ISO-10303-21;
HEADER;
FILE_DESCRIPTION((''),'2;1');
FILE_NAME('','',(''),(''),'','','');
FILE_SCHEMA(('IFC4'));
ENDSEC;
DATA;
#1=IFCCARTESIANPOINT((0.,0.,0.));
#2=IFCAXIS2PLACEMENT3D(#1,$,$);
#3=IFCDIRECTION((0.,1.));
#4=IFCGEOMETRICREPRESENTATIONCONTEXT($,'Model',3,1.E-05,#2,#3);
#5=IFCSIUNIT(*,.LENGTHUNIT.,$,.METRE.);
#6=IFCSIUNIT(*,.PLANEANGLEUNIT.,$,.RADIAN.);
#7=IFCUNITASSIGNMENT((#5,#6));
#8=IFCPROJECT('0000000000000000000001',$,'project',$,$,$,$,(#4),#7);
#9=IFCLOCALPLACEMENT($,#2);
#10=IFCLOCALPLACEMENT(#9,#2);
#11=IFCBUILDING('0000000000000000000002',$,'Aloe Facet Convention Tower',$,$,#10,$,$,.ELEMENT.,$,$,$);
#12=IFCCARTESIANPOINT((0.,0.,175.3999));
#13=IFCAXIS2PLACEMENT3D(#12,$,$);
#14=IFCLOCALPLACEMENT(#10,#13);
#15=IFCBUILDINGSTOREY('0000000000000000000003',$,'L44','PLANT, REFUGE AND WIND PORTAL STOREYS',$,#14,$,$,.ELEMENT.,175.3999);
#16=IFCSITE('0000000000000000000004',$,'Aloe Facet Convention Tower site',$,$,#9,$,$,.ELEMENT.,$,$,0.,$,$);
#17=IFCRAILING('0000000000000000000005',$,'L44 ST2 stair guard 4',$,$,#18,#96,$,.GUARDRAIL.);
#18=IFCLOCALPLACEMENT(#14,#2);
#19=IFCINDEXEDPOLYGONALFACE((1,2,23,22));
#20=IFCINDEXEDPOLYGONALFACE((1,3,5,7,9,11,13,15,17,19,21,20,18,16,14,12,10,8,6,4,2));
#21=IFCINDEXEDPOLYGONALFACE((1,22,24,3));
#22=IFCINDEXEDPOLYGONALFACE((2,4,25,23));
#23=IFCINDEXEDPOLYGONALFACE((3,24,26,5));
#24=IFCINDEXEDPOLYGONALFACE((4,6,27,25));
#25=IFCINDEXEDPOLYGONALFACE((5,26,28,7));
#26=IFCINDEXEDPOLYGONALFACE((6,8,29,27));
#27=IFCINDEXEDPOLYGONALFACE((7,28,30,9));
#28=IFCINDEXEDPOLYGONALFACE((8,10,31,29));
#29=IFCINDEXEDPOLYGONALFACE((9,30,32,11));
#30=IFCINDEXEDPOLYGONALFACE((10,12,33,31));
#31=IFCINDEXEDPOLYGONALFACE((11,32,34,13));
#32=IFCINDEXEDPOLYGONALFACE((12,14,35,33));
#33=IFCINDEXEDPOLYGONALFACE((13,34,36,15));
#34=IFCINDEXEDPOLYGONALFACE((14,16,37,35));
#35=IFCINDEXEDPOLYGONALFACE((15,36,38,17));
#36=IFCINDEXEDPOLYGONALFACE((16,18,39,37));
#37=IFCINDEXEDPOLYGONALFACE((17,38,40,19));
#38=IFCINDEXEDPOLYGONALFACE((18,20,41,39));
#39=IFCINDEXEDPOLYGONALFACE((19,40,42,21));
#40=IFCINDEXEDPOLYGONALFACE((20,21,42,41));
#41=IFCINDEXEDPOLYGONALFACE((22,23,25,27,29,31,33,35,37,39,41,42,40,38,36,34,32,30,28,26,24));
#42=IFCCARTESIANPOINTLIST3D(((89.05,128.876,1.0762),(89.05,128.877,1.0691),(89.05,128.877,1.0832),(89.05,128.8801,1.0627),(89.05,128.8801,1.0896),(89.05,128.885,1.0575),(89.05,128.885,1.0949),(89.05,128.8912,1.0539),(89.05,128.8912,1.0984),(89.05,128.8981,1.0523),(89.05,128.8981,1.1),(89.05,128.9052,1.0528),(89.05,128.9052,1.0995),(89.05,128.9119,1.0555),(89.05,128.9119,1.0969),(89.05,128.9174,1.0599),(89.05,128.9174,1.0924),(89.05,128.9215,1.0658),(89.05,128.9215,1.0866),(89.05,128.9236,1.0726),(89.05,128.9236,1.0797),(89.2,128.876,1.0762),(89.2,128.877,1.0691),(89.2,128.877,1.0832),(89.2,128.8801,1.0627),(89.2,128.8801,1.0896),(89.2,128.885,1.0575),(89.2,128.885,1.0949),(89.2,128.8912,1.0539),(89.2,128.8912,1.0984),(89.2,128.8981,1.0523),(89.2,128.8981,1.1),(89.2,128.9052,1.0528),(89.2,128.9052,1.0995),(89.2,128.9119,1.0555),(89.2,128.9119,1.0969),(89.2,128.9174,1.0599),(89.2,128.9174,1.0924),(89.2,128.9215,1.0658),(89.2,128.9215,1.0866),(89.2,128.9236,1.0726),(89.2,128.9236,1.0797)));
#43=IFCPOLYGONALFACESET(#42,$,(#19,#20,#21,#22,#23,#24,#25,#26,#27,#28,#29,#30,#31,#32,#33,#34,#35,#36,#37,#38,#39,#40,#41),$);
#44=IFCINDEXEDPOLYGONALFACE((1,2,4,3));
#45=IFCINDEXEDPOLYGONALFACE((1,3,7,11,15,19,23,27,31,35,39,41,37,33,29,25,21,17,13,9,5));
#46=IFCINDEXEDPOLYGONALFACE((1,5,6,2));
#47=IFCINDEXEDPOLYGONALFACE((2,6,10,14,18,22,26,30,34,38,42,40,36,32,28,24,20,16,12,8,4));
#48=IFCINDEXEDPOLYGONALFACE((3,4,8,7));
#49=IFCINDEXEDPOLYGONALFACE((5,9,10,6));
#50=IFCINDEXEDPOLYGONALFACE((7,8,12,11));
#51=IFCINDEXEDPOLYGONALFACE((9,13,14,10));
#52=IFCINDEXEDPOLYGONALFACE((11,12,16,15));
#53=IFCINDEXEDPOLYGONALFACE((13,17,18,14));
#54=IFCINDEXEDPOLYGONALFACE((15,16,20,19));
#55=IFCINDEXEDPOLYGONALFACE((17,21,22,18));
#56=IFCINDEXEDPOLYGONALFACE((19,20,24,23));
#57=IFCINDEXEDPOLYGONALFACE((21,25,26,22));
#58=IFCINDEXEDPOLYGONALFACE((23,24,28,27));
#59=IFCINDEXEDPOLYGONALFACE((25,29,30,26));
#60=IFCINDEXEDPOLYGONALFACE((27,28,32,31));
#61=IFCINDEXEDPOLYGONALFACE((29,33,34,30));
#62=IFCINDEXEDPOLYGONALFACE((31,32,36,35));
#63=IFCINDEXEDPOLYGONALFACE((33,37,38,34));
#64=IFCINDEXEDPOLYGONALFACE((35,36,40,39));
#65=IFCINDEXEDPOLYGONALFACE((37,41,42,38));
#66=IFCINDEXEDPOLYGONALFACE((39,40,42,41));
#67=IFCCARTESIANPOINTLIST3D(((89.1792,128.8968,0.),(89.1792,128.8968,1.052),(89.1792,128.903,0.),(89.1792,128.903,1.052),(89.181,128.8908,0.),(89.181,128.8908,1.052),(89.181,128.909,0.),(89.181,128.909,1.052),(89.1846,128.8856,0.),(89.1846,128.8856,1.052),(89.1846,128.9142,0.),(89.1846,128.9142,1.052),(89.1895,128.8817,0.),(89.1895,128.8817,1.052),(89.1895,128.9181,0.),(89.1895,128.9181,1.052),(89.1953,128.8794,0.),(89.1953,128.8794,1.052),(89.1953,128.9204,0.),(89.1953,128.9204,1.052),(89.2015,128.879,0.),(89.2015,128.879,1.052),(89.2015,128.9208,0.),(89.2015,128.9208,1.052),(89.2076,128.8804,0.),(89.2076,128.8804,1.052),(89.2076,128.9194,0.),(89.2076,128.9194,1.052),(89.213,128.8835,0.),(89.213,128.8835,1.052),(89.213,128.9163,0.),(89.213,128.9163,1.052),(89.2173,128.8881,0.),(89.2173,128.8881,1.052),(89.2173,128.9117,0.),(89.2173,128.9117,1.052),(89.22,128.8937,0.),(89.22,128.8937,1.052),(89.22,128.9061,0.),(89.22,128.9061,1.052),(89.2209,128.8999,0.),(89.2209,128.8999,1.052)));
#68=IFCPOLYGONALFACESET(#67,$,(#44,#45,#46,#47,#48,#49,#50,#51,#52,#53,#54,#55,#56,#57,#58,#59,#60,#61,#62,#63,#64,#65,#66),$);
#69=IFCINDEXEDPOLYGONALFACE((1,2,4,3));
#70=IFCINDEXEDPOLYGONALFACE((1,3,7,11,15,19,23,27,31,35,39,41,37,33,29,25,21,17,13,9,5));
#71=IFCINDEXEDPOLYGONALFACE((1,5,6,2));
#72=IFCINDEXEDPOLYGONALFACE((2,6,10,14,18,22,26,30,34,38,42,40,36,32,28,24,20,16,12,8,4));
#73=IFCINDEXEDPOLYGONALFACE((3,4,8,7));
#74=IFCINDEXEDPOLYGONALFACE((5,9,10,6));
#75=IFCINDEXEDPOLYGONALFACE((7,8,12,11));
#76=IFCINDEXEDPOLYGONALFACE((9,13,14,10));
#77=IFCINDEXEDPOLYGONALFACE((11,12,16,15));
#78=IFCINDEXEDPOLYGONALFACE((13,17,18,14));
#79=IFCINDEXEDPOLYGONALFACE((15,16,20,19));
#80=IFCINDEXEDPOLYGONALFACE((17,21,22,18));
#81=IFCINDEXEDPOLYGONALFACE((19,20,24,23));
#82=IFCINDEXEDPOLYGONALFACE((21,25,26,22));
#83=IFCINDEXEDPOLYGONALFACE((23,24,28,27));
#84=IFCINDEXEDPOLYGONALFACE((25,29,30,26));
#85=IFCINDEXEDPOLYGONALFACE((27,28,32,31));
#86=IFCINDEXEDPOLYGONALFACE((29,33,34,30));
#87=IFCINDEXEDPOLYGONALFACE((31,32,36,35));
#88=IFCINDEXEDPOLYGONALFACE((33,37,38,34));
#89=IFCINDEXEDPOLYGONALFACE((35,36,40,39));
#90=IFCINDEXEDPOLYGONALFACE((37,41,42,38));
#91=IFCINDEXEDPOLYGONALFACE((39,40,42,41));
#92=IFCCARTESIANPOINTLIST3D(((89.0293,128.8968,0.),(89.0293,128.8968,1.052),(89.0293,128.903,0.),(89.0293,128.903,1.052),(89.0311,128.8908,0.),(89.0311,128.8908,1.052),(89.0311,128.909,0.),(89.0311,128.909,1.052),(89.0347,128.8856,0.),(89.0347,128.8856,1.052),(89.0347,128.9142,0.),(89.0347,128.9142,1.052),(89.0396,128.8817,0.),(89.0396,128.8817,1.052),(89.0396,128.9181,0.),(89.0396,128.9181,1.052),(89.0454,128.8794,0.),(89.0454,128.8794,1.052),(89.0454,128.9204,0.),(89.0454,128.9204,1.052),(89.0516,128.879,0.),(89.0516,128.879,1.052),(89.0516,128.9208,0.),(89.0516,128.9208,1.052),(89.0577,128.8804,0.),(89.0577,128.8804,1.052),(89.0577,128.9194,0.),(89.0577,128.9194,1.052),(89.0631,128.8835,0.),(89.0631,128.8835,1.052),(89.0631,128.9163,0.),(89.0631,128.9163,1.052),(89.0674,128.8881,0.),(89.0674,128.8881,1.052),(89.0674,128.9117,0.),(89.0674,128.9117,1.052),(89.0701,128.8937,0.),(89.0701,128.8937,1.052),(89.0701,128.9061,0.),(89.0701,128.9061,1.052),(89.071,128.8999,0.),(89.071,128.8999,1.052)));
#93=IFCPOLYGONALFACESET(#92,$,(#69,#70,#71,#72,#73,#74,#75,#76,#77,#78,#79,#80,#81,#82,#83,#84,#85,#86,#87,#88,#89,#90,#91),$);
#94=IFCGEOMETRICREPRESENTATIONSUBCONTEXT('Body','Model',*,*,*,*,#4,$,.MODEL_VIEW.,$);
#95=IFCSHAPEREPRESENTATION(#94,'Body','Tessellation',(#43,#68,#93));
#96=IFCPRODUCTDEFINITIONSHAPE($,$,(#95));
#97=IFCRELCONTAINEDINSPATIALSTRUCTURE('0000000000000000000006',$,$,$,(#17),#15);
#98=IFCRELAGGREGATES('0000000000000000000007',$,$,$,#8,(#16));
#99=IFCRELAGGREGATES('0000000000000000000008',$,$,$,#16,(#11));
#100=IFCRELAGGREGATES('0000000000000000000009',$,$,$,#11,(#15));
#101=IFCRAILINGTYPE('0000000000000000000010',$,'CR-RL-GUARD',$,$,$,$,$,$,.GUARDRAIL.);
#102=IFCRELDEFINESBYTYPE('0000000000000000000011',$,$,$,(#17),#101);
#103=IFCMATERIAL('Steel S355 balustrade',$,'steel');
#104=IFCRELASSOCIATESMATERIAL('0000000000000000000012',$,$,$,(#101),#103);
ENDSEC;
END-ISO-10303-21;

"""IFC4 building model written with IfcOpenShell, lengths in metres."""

from ifc_helpers import new_model, si_unit, direction, frame, origin, origin_2d, place, context, subcontext, project, spatial, circle, extrude, material, type_object, element, save


model = new_model("IFC4")

# Units and contexts
model_context = context("Model", 3, precision=1e-05, world=origin(), true_north=direction((0.0, 1.0)))
body_context = subcontext(model_context, "Body", "Model", "MODEL_VIEW")
ifc_project = project(units=[si_unit("LENGTHUNIT", "METRE"), si_unit("PLANEANGLEUNIT", "RADIAN")], contexts=[model_context])

# Site, building, storey
site_placement = place(None, origin())
site = spatial("IfcSite", under=ifc_project, at=site_placement, Name="Aloe Facet Convention Tower site", CompositionType="ELEMENT", RefElevation=0.0)
building_placement = place(site_placement, origin())
building = spatial("IfcBuilding", under=site, at=building_placement, Name="Aloe Facet Convention Tower", CompositionType="ELEMENT")
storey_placement = place(building_placement, frame((0.0, 0.0, 175.3999)))
storey = spatial("IfcBuildingStorey", under=building, at=storey_placement, Name="L44", Description="PLANT, REFUGE AND WIND PORTAL STOREYS", CompositionType="ELEMENT", Elevation=175.3999)

# Railing
ifc_material_1 = material(Name="Steel S355 balustrade", Category="steel")
railing_type_1 = type_object("IfcRailingType", Name="CR-RL-GUARD", PredefinedType="GUARDRAIL", material=ifc_material_1)
railing_1_placement = place(storey_placement, frame((89.2, 128.8999, 0.0)))
element("IfcRailing", 1, at=railing_1_placement, inside=storey, type_object=railing_type_1, Name="L44 ST2 stair guard 4", PredefinedType="GUARDRAIL", context=body_context, shape_type="SweptSolid", body=[
    extrude(circle(Radius=0.0239, at=origin_2d()), frame((0.0, 0.0, 1.0762), z_axis=(-1.0, 0.0, 0.0), x_axis=(0.0, -1.0, 0.0)), (0.0, 0.0, 1.0), 0.1499),
    extrude(circle(Radius=0.021, at=origin_2d()), origin(), (0.0, 0.0, 1.0), 1.052),
    extrude(circle(Radius=0.021, at=origin_2d()), frame((-0.1499, 0.0, 0.0)), (0.0, 0.0, 1.0), 1.052),
])

save(model, "model.ifc")
